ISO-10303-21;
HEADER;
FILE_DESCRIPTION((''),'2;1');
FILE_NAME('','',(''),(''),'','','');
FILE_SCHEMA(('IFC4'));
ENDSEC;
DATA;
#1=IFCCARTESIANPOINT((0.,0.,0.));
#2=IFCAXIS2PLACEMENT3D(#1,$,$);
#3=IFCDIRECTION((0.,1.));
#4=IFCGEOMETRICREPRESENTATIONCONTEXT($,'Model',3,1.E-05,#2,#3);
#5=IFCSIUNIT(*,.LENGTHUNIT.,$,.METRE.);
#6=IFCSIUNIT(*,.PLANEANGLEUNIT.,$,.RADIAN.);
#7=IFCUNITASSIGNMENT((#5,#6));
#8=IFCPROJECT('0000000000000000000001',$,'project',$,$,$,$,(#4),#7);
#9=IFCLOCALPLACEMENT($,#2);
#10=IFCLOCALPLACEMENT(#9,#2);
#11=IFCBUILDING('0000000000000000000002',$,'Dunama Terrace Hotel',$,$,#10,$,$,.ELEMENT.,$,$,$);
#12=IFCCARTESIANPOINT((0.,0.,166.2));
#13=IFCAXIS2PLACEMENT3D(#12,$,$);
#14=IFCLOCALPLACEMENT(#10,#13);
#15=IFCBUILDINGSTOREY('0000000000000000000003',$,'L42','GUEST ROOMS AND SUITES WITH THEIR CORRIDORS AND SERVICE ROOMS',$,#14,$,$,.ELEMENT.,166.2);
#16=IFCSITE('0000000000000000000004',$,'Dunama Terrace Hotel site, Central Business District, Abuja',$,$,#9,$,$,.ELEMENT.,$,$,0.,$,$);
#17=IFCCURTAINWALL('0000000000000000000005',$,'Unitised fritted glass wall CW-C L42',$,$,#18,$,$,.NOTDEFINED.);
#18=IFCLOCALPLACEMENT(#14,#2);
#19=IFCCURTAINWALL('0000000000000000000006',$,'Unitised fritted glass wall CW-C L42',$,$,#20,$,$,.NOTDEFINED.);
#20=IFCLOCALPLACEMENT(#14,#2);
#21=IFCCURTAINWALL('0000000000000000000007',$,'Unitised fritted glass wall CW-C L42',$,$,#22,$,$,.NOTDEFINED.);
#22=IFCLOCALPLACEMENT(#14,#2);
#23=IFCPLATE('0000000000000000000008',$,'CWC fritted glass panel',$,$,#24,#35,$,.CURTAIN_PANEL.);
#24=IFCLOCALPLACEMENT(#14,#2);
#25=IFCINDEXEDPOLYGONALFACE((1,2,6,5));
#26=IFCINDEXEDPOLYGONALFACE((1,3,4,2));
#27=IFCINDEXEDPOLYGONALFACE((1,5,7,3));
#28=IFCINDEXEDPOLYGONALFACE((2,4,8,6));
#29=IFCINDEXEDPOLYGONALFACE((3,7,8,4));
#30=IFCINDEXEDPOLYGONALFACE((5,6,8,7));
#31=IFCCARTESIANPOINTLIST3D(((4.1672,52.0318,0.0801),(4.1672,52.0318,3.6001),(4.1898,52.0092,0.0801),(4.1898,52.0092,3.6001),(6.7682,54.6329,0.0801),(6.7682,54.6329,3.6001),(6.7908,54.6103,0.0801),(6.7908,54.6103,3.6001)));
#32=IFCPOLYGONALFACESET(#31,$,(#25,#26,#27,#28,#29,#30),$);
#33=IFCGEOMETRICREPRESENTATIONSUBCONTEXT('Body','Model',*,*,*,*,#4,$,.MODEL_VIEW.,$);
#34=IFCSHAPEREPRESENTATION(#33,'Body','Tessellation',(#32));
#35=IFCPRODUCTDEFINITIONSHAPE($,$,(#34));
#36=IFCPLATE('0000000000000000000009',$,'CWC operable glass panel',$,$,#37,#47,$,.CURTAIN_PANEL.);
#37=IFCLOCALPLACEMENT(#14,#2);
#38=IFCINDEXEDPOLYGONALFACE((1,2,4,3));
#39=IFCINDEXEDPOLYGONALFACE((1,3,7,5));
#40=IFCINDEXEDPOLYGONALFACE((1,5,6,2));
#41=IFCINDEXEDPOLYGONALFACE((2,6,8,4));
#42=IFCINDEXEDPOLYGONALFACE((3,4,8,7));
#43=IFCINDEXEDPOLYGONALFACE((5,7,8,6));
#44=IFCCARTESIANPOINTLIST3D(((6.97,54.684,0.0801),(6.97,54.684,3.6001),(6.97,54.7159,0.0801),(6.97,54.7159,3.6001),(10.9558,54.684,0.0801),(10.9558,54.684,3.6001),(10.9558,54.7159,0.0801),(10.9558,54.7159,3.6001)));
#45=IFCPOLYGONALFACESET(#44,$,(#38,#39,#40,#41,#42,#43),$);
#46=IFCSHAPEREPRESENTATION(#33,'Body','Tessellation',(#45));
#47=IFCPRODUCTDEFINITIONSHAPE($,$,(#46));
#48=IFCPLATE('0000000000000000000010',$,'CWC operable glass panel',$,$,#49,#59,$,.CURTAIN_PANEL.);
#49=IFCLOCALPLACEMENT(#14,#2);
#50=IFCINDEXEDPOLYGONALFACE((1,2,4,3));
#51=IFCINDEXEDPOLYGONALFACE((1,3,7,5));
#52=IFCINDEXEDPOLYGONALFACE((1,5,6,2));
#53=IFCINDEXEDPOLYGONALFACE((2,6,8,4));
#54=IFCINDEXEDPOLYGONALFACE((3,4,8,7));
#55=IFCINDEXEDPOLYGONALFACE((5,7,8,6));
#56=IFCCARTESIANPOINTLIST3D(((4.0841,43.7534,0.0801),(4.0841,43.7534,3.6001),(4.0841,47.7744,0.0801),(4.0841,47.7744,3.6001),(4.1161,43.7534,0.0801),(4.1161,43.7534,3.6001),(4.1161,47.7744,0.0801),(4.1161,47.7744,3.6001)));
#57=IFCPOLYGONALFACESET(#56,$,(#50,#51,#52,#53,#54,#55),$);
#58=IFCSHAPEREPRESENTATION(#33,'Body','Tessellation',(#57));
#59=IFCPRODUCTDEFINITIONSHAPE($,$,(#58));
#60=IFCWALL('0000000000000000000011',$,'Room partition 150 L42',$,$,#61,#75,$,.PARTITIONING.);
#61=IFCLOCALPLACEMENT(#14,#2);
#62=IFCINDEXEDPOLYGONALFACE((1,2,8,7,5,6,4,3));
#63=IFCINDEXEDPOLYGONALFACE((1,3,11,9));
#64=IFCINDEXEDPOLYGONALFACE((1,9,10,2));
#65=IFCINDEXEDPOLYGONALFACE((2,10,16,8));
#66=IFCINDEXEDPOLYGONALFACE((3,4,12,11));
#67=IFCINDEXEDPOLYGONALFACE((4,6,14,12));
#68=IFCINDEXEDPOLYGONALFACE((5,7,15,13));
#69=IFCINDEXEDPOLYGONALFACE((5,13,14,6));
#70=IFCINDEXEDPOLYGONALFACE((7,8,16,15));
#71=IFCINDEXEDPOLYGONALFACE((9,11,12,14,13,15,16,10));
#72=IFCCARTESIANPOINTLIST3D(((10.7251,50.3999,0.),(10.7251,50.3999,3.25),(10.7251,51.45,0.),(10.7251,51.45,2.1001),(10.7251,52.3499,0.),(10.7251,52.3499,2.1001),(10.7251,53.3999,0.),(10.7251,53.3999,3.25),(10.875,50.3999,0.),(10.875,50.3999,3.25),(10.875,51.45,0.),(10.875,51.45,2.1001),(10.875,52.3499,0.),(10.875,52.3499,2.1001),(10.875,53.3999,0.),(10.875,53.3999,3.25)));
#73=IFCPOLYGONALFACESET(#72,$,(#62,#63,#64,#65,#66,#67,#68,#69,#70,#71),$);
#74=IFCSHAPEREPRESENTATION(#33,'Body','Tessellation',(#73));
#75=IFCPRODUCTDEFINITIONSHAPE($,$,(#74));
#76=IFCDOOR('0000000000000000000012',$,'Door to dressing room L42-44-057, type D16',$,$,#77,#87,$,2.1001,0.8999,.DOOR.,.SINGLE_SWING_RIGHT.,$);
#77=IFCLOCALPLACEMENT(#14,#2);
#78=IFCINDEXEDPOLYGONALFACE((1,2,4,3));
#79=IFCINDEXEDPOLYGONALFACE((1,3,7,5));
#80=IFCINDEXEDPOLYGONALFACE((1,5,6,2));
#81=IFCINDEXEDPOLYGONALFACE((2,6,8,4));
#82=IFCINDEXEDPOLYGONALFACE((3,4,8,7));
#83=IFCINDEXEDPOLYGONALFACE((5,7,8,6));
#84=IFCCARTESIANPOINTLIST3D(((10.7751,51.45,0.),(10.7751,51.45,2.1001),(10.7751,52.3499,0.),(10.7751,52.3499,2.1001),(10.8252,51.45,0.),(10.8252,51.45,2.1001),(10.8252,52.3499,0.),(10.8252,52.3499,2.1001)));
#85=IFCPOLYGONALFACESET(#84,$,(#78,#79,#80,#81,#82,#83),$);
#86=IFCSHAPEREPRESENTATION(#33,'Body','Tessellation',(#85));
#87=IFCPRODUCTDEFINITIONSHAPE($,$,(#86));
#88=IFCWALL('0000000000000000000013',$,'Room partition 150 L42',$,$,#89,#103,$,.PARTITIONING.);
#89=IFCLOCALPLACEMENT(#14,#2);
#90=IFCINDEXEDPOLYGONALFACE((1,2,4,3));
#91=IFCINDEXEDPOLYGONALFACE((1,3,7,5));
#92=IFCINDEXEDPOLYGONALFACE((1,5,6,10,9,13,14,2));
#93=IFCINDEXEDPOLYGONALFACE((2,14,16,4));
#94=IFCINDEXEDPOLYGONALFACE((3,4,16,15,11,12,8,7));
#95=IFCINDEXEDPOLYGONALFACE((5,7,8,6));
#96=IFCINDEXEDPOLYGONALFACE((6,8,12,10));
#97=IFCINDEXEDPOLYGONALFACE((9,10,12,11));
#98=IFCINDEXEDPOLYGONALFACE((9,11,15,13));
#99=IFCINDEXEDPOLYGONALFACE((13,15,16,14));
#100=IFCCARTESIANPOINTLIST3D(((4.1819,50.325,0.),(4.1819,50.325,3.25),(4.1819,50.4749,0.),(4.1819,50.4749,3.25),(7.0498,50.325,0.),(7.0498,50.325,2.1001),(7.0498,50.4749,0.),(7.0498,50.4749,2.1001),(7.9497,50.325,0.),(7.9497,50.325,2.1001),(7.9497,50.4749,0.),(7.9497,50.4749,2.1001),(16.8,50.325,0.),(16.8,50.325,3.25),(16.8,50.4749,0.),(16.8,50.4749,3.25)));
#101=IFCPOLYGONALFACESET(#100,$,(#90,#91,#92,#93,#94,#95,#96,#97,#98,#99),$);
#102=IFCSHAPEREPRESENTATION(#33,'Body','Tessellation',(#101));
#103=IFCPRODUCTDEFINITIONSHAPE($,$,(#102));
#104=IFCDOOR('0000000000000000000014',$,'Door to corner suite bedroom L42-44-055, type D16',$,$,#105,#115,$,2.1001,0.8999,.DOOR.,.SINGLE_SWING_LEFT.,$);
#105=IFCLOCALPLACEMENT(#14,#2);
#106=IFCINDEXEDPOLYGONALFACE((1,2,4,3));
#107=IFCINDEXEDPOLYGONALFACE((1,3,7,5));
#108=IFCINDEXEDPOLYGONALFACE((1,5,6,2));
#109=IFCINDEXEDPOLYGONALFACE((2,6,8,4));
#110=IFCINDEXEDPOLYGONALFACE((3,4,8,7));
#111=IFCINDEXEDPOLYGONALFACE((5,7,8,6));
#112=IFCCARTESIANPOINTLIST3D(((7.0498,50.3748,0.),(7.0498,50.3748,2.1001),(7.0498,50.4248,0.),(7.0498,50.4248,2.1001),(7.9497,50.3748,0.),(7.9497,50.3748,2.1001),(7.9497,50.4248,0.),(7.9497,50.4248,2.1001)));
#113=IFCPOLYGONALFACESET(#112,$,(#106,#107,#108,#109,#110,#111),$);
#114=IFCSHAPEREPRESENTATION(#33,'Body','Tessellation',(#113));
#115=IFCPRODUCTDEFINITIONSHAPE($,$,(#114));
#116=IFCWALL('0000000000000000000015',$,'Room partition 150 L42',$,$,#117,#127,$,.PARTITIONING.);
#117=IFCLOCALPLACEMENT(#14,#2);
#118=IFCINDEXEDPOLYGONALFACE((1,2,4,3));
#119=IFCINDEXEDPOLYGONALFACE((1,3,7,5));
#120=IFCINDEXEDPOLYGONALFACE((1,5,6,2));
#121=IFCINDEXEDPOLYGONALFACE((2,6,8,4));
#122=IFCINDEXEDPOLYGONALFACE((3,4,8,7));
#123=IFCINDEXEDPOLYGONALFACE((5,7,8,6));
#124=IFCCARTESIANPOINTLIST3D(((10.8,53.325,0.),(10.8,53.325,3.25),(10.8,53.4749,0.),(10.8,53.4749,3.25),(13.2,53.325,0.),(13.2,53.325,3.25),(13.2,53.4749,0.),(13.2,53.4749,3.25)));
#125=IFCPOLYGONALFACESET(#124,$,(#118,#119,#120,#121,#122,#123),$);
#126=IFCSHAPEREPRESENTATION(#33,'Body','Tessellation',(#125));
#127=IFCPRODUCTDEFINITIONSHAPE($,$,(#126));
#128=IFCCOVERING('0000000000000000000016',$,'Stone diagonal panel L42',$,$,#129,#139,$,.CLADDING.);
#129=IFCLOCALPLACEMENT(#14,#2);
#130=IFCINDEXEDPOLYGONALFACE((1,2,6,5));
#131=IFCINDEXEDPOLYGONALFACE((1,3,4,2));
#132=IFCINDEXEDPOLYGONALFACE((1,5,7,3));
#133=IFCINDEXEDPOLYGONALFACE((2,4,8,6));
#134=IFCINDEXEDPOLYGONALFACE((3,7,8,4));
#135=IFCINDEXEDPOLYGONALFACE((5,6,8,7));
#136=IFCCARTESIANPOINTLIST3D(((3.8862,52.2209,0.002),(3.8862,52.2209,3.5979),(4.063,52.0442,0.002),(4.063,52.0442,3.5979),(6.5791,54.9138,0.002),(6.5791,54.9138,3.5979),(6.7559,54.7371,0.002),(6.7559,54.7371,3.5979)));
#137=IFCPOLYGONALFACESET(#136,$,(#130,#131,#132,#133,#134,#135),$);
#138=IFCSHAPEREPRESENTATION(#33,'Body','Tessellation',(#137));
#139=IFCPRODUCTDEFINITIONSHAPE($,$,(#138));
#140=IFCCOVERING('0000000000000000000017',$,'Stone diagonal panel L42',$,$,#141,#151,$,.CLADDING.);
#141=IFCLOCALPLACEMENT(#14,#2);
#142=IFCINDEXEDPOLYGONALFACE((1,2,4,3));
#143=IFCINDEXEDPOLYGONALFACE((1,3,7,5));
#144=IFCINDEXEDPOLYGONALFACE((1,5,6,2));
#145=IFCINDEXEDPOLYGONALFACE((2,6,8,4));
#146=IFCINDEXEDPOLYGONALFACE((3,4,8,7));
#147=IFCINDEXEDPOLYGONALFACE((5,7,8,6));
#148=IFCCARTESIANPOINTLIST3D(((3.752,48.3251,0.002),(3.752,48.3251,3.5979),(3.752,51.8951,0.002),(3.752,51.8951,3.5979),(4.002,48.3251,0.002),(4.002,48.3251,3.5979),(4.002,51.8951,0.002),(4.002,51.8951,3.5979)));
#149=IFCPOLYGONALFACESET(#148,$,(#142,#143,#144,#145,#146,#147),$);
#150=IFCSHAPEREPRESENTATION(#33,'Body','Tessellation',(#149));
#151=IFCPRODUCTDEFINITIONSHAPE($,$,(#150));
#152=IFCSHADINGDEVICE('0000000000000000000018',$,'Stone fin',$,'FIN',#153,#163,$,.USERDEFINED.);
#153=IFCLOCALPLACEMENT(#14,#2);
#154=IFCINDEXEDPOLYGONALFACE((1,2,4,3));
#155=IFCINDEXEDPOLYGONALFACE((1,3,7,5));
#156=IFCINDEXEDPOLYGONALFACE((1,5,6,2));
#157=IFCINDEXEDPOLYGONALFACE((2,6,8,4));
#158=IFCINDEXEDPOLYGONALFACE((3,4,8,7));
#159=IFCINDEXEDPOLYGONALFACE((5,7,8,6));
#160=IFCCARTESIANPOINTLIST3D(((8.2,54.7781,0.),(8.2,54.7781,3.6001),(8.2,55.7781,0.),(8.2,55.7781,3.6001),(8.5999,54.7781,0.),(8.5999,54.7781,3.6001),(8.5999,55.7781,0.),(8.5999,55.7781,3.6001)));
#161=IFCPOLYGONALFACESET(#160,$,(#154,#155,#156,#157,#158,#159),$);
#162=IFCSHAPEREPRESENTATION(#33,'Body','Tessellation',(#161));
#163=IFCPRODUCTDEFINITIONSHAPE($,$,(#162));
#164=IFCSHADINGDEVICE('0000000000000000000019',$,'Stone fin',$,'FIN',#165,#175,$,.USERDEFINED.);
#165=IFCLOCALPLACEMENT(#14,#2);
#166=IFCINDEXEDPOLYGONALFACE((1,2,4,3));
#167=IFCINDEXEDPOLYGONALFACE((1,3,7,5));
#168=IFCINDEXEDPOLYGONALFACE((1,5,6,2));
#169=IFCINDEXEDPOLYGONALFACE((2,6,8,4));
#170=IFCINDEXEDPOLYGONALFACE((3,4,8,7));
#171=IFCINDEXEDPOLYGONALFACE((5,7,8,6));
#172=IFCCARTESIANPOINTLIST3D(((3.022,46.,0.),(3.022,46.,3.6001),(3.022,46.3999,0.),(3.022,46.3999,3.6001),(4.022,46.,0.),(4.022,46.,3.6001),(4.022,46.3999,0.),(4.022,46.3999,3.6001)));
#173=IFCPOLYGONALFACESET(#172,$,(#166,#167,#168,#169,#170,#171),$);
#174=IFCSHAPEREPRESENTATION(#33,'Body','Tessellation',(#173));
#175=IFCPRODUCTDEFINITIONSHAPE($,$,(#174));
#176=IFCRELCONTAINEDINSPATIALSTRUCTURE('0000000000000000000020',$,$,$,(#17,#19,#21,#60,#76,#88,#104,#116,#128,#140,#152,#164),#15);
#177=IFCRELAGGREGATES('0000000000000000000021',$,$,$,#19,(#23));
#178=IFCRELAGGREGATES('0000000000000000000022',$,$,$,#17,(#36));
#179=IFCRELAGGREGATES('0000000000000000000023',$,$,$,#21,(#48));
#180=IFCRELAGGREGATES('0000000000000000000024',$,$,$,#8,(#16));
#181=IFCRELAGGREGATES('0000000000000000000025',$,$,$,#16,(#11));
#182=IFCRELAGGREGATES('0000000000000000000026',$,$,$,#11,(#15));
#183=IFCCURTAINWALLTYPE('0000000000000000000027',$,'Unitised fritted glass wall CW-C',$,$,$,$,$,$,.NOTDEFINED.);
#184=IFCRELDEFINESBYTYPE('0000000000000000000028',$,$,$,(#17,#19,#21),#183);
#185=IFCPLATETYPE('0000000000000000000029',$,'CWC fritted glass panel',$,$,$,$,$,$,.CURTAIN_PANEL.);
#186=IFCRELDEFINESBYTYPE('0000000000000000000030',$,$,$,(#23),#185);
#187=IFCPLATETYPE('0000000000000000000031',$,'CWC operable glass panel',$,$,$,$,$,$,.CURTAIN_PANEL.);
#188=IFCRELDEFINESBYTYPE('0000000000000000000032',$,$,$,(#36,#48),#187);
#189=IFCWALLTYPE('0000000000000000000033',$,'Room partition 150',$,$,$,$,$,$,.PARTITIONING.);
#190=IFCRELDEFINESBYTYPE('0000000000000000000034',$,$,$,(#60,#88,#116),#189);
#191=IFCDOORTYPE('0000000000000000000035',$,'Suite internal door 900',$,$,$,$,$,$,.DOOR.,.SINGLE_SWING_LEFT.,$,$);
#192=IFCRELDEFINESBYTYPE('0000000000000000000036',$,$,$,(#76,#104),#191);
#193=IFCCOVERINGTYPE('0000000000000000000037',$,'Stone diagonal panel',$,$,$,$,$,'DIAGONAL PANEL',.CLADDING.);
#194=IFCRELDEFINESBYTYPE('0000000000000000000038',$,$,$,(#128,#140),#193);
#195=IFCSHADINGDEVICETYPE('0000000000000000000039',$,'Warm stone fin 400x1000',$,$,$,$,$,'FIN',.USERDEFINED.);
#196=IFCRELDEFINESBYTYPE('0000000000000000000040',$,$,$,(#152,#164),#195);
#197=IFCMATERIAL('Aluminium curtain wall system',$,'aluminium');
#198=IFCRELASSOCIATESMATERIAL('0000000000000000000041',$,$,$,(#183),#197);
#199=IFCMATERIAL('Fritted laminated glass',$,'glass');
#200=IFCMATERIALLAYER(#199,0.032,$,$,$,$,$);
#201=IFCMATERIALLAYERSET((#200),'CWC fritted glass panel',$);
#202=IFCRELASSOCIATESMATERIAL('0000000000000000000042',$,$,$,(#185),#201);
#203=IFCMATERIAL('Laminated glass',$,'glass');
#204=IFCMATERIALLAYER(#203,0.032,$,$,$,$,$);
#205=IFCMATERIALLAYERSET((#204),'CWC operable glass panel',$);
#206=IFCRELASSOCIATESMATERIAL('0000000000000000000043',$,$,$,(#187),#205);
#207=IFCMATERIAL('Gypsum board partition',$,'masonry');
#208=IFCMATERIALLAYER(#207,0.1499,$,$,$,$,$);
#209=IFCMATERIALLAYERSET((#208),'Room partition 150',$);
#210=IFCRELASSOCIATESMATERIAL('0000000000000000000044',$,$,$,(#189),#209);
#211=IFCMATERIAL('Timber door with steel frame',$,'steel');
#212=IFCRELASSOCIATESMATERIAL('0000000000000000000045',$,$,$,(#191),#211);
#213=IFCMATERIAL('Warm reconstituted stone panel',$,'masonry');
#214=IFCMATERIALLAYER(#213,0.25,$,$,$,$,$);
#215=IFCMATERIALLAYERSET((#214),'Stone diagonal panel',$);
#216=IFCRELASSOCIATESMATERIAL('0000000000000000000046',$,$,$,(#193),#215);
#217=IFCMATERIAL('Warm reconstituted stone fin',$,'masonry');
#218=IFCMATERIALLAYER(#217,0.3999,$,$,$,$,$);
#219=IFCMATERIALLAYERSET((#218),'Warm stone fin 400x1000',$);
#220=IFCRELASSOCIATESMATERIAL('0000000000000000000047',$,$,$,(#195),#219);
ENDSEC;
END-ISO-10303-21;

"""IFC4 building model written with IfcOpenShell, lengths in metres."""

from ifc_helpers import new_model, si_unit, direction, frame, frame_2d, origin, origin_2d, place, context, subcontext, project, spatial, rectangle, extrude, material, layer, layer_set, type_object, element, fill, aggregate, save


model = new_model("IFC4")

# Units and contexts
model_context = context("Model", 3, precision=1e-05, world=origin(), true_north=direction((0.0, 1.0)))
body_context = subcontext(model_context, "Body", "Model", "MODEL_VIEW")
ifc_project = project(units=[si_unit("LENGTHUNIT", "METRE"), si_unit("PLANEANGLEUNIT", "RADIAN")], contexts=[model_context])

# Site, building, storey
site_placement = place(None, origin())
site = spatial("IfcSite", under=ifc_project, at=site_placement, Name="Dunama Terrace Hotel site, Central Business District, Abuja", CompositionType="ELEMENT", RefElevation=0.0)
building_placement = place(site_placement, origin())
building = spatial("IfcBuilding", under=site, at=building_placement, Name="Dunama Terrace Hotel", CompositionType="ELEMENT")
storey_placement = place(building_placement, frame((0.0, 0.0, 166.2)))
storey = spatial("IfcBuildingStorey", under=building, at=storey_placement, Name="L42", Description="GUEST ROOMS AND SUITES WITH THEIR CORRIDORS AND SERVICE ROOMS", CompositionType="ELEMENT", Elevation=166.2)

# Curtain wall
ifc_material_1 = material(Name="Aluminium curtain wall system", Category="aluminium")
curtain_wall_type = type_object("IfcCurtainWallType", Name="Unitised fritted glass wall CW-C", PredefinedType="NOTDEFINED", material=ifc_material_1)
curtain_wall_1_placement = place(storey_placement, origin())
curtain_wall_1 = element("IfcCurtainWall", 1, at=curtain_wall_1_placement, inside=storey, type_object=curtain_wall_type, Name="Unitised fritted glass wall CW-C L42", PredefinedType="NOTDEFINED")

# Curtain walls
curtain_wall_2_placement = place(storey_placement, origin())
curtain_wall_2 = element("IfcCurtainWall", 2, at=curtain_wall_2_placement, inside=storey, type_object=curtain_wall_type, Name="Unitised fritted glass wall CW-C L42", PredefinedType="NOTDEFINED")
curtain_wall_3_placement = place(storey_placement, origin())
curtain_wall_3 = element("IfcCurtainWall", 3, at=curtain_wall_3_placement, inside=storey, type_object=curtain_wall_type, Name="Unitised fritted glass wall CW-C L42", PredefinedType="NOTDEFINED")

# Plates
ifc_material_2 = material(Name="Fritted laminated glass", Category="glass")
ifc_layer_1 = layer(ifc_material_2, 0.032)
ifc_layer_set_1 = layer_set([ifc_layer_1], Name="CWC fritted glass panel")
plate_type_1 = type_object("IfcPlateType", Name="CWC fritted glass panel", PredefinedType="CURTAIN_PANEL", material=ifc_layer_set_1)
plate_1_placement = place(storey_placement, frame((5.479, 53.321, 0.0801), z_axis=(0.0, 0.0, 1.0), x_axis=(-0.707107, -0.707107, 0.0)))
plate_1 = element("IfcPlate", 4, at=plate_1_placement, type_object=plate_type_1, Name="CWC fritted glass panel", PredefinedType="CURTAIN_PANEL", context=body_context, shape_type="SweptSolid", body=[
    extrude(rectangle(XDim=3.6785, YDim=0.032, at=origin_2d()), origin(), (0.0, 0.0, 1.0), 3.52),
])
aggregate(curtain_wall_2, [plate_1])
ifc_material_3 = material(Name="Laminated glass", Category="glass")
ifc_layer_2 = layer(ifc_material_3, 0.032)
ifc_layer_set_2 = layer_set([ifc_layer_2], Name="CWC operable glass panel")
plate_type_2 = type_object("IfcPlateType", Name="CWC operable glass panel", PredefinedType="CURTAIN_PANEL", material=ifc_layer_set_2)
plate_2_placement = place(storey_placement, frame((8.9629, 54.7, 0.0801), z_axis=(0.0, 0.0, 1.0), x_axis=(-1.0, 0.0, 0.0)))
plate_2 = element("IfcPlate", 5, at=plate_2_placement, type_object=plate_type_2, Name="CWC operable glass panel", PredefinedType="CURTAIN_PANEL", context=body_context, shape_type="SweptSolid", body=[
    extrude(rectangle(XDim=3.9858, YDim=0.032, at=origin_2d()), origin(), (0.0, 0.0, 1.0), 3.52),
])
aggregate(curtain_wall_1, [plate_2])
plate_3_placement = place(storey_placement, frame((4.1001, 45.7639, 0.0801), z_axis=(0.0, 0.0, 1.0), x_axis=(0.0, -1.0, 0.0)))
plate_3 = element("IfcPlate", 6, at=plate_3_placement, type_object=plate_type_2, Name="CWC operable glass panel", PredefinedType="CURTAIN_PANEL", context=body_context, shape_type="SweptSolid", body=[
    extrude(rectangle(XDim=4.021, YDim=0.032, at=origin_2d()), origin(), (0.0, 0.0, 1.0), 3.52),
])
aggregate(curtain_wall_3, [plate_3])

# Walls, openings, doors
ifc_material_4 = material(Name="Gypsum board partition", Category="masonry")
ifc_layer_3 = layer(ifc_material_4, 0.1499)
ifc_layer_set_3 = layer_set([ifc_layer_3], Name="Room partition 150")
wall_type = type_object("IfcWallType", Name="Room partition 150", PredefinedType="PARTITIONING", material=ifc_layer_set_3)
wall_1_placement = place(storey_placement, frame((10.8, 50.3999, 0.0), z_axis=(0.0, 0.0, 1.0), x_axis=(0.0, 1.0, 0.0)))
wall_1 = element("IfcWall", 7, at=wall_1_placement, inside=storey, type_object=wall_type, Name="Room partition 150 L42", PredefinedType="PARTITIONING", context=body_context, shape_type="SweptSolid", body=[
    extrude(rectangle(XDim=3.0, YDim=0.1499, at=frame_2d((1.5, 0.0))), origin(), (0.0, 0.0, 1.0), 3.25),
])
opening_1_placement = place(wall_1_placement, frame((1.05, 0.0, 0.0)))
opening_1 = element("IfcOpeningElement", 8, at=opening_1_placement, cuts=wall_1, PredefinedType="OPENING", context=body_context, shape_type="SweptSolid", body=[
    extrude(rectangle(XDim=0.8999, YDim=2.1001, at=frame_2d((0.45, 1.05))), frame((0.0, 0.085, 0.0), z_axis=(0.0, -1.0, 0.0), x_axis=(1.0, 0.0, 0.0)), (0.0, 0.0, 1.0), 0.1699),
])
ifc_material_5 = material(Name="Timber door with steel frame", Category="steel")
door_type = type_object("IfcDoorType", Name="Suite internal door 900", OperationType="SINGLE_SWING_LEFT", PredefinedType="DOOR", material=ifc_material_5)
door_1_placement = place(opening_1_placement, frame((0.8999, 0.0, 0.0), z_axis=(0.0, 0.0, 1.0), x_axis=(-1.0, 0.0, 0.0)))
door_1 = element("IfcDoor", 9, at=door_1_placement, inside=storey, type_object=door_type, Name="Door to dressing room L42-44-057, type D16", OperationType="SINGLE_SWING_RIGHT", OverallHeight=2.1001, OverallWidth=0.8999, PredefinedType="DOOR", context=body_context, shape_type="SweptSolid", body=[
    extrude(rectangle(XDim=0.8999, YDim=2.1001, at=frame_2d((0.45, 1.05))), frame((0.0, 0.0251, 0.0), z_axis=(0.0, -1.0, 0.0), x_axis=(1.0, 0.0, 0.0)), (0.0, 0.0, 1.0), 0.05),
])
fill(opening_1, door_1)
wall_2_placement = place(storey_placement, frame((4.1819, 50.3999, 0.0), z_axis=(0.0, 0.0, 1.0), x_axis=(1.0, 0.0, 0.0)))
wall_2 = element("IfcWall", 10, at=wall_2_placement, inside=storey, type_object=wall_type, Name="Room partition 150 L42", PredefinedType="PARTITIONING", context=body_context, shape_type="SweptSolid", body=[
    extrude(rectangle(XDim=12.6182, YDim=0.1499, at=frame_2d((6.3091, 0.0))), origin(), (0.0, 0.0, 1.0), 3.25),
])
opening_2_placement = place(wall_2_placement, frame((2.8679, 0.0, 0.0)))
opening_2 = element("IfcOpeningElement", 11, at=opening_2_placement, cuts=wall_2, PredefinedType="OPENING", context=body_context, shape_type="SweptSolid", body=[
    extrude(rectangle(XDim=0.8999, YDim=2.1001, at=frame_2d((0.45, 1.05))), frame((0.0, 0.085, 0.0), z_axis=(0.0, -1.0, 0.0), x_axis=(1.0, 0.0, 0.0)), (0.0, 0.0, 1.0), 0.1699),
])
door_2_placement = place(opening_2_placement, origin())
door_2 = element("IfcDoor", 12, at=door_2_placement, inside=storey, type_object=door_type, Name="Door to corner suite bedroom L42-44-055, type D16", OperationType="SINGLE_SWING_LEFT", OverallHeight=2.1001, OverallWidth=0.8999, PredefinedType="DOOR", context=body_context, shape_type="SweptSolid", body=[
    extrude(rectangle(XDim=0.8999, YDim=2.1001, at=frame_2d((0.45, 1.05))), frame((0.0, 0.0249, 0.0), z_axis=(0.0, -1.0, 0.0), x_axis=(1.0, 0.0, 0.0)), (0.0, 0.0, 1.0), 0.05),
])
fill(opening_2, door_2)

# Wall
wall_3_placement = place(storey_placement, frame((10.8, 53.3999, 0.0), z_axis=(0.0, 0.0, 1.0), x_axis=(1.0, 0.0, 0.0)))
element("IfcWall", 13, at=wall_3_placement, inside=storey, type_object=wall_type, Name="Room partition 150 L42", PredefinedType="PARTITIONING", context=body_context, shape_type="SweptSolid", body=[
    extrude(rectangle(XDim=2.3999, YDim=0.1499, at=frame_2d((1.2, 0.0))), origin(), (0.0, 0.0, 1.0), 3.25),
])

# Coverings
ifc_material_6 = material(Name="Warm reconstituted stone panel", Category="masonry")
ifc_layer_4 = layer(ifc_material_6, 0.25)
ifc_layer_set_4 = layer_set([ifc_layer_4], Name="Stone diagonal panel")
covering_type = type_object("IfcCoveringType", Name="Stone diagonal panel", ElementType="DIAGONAL PANEL", PredefinedType="CLADDING", material=ifc_layer_set_4)
covering_1_placement = place(storey_placement, frame((5.321, 53.479, 0.002), z_axis=(0.0, 0.0, 1.0), x_axis=(-0.707107, -0.707107, 0.0)))
element("IfcCovering", 14, at=covering_1_placement, inside=storey, type_object=covering_type, Name="Stone diagonal panel L42", PredefinedType="CLADDING", context=body_context, shape_type="SweptSolid", body=[
    extrude(rectangle(XDim=3.8083, YDim=0.25, at=origin_2d()), origin(), (0.0, 0.0, 1.0), 3.5959),
])
covering_2_placement = place(storey_placement, frame((3.877, 50.1101, 0.002), z_axis=(0.0, 0.0, 1.0), x_axis=(0.0, -1.0, 0.0)))
element("IfcCovering", 15, at=covering_2_placement, inside=storey, type_object=covering_type, Name="Stone diagonal panel L42", PredefinedType="CLADDING", context=body_context, shape_type="SweptSolid", body=[
    extrude(rectangle(XDim=3.5701, YDim=0.25, at=origin_2d()), origin(), (0.0, 0.0, 1.0), 3.5959),
])

# Shading devices
ifc_material_7 = material(Name="Warm reconstituted stone fin", Category="masonry")
ifc_layer_5 = layer(ifc_material_7, 0.3999)
ifc_layer_set_5 = layer_set([ifc_layer_5], Name="Warm stone fin 400x1000")
shading_device_type = type_object("IfcShadingDeviceType", Name="Warm stone fin 400x1000", ElementType="FIN", PredefinedType="USERDEFINED", material=ifc_layer_set_5)
for number, where, z_axis, x_axis, name in (
    (16, (8.3999, 55.2781, 0.0), (0.0, 0.0, 1.0), (-1.0, 0.0, 0.0), "Stone fin"),
    (17, (3.522, 46.2, 0.0), (0.0, 0.0, 1.0), (0.0, -1.0, 0.0), "Stone fin"),
):
    element("IfcShadingDevice", number, at=place(storey_placement, frame(where, z_axis=z_axis, x_axis=x_axis)), inside=storey, type_object=shading_device_type, Name=name, ObjectType="FIN", PredefinedType="USERDEFINED", context=body_context, shape_type="SweptSolid", body=[
        extrude(rectangle(XDim=0.3999, YDim=1.0, at=origin_2d()), origin(), (0.0, 0.0, 1.0), 3.6001),
    ])

save(model, "model.ifc")
